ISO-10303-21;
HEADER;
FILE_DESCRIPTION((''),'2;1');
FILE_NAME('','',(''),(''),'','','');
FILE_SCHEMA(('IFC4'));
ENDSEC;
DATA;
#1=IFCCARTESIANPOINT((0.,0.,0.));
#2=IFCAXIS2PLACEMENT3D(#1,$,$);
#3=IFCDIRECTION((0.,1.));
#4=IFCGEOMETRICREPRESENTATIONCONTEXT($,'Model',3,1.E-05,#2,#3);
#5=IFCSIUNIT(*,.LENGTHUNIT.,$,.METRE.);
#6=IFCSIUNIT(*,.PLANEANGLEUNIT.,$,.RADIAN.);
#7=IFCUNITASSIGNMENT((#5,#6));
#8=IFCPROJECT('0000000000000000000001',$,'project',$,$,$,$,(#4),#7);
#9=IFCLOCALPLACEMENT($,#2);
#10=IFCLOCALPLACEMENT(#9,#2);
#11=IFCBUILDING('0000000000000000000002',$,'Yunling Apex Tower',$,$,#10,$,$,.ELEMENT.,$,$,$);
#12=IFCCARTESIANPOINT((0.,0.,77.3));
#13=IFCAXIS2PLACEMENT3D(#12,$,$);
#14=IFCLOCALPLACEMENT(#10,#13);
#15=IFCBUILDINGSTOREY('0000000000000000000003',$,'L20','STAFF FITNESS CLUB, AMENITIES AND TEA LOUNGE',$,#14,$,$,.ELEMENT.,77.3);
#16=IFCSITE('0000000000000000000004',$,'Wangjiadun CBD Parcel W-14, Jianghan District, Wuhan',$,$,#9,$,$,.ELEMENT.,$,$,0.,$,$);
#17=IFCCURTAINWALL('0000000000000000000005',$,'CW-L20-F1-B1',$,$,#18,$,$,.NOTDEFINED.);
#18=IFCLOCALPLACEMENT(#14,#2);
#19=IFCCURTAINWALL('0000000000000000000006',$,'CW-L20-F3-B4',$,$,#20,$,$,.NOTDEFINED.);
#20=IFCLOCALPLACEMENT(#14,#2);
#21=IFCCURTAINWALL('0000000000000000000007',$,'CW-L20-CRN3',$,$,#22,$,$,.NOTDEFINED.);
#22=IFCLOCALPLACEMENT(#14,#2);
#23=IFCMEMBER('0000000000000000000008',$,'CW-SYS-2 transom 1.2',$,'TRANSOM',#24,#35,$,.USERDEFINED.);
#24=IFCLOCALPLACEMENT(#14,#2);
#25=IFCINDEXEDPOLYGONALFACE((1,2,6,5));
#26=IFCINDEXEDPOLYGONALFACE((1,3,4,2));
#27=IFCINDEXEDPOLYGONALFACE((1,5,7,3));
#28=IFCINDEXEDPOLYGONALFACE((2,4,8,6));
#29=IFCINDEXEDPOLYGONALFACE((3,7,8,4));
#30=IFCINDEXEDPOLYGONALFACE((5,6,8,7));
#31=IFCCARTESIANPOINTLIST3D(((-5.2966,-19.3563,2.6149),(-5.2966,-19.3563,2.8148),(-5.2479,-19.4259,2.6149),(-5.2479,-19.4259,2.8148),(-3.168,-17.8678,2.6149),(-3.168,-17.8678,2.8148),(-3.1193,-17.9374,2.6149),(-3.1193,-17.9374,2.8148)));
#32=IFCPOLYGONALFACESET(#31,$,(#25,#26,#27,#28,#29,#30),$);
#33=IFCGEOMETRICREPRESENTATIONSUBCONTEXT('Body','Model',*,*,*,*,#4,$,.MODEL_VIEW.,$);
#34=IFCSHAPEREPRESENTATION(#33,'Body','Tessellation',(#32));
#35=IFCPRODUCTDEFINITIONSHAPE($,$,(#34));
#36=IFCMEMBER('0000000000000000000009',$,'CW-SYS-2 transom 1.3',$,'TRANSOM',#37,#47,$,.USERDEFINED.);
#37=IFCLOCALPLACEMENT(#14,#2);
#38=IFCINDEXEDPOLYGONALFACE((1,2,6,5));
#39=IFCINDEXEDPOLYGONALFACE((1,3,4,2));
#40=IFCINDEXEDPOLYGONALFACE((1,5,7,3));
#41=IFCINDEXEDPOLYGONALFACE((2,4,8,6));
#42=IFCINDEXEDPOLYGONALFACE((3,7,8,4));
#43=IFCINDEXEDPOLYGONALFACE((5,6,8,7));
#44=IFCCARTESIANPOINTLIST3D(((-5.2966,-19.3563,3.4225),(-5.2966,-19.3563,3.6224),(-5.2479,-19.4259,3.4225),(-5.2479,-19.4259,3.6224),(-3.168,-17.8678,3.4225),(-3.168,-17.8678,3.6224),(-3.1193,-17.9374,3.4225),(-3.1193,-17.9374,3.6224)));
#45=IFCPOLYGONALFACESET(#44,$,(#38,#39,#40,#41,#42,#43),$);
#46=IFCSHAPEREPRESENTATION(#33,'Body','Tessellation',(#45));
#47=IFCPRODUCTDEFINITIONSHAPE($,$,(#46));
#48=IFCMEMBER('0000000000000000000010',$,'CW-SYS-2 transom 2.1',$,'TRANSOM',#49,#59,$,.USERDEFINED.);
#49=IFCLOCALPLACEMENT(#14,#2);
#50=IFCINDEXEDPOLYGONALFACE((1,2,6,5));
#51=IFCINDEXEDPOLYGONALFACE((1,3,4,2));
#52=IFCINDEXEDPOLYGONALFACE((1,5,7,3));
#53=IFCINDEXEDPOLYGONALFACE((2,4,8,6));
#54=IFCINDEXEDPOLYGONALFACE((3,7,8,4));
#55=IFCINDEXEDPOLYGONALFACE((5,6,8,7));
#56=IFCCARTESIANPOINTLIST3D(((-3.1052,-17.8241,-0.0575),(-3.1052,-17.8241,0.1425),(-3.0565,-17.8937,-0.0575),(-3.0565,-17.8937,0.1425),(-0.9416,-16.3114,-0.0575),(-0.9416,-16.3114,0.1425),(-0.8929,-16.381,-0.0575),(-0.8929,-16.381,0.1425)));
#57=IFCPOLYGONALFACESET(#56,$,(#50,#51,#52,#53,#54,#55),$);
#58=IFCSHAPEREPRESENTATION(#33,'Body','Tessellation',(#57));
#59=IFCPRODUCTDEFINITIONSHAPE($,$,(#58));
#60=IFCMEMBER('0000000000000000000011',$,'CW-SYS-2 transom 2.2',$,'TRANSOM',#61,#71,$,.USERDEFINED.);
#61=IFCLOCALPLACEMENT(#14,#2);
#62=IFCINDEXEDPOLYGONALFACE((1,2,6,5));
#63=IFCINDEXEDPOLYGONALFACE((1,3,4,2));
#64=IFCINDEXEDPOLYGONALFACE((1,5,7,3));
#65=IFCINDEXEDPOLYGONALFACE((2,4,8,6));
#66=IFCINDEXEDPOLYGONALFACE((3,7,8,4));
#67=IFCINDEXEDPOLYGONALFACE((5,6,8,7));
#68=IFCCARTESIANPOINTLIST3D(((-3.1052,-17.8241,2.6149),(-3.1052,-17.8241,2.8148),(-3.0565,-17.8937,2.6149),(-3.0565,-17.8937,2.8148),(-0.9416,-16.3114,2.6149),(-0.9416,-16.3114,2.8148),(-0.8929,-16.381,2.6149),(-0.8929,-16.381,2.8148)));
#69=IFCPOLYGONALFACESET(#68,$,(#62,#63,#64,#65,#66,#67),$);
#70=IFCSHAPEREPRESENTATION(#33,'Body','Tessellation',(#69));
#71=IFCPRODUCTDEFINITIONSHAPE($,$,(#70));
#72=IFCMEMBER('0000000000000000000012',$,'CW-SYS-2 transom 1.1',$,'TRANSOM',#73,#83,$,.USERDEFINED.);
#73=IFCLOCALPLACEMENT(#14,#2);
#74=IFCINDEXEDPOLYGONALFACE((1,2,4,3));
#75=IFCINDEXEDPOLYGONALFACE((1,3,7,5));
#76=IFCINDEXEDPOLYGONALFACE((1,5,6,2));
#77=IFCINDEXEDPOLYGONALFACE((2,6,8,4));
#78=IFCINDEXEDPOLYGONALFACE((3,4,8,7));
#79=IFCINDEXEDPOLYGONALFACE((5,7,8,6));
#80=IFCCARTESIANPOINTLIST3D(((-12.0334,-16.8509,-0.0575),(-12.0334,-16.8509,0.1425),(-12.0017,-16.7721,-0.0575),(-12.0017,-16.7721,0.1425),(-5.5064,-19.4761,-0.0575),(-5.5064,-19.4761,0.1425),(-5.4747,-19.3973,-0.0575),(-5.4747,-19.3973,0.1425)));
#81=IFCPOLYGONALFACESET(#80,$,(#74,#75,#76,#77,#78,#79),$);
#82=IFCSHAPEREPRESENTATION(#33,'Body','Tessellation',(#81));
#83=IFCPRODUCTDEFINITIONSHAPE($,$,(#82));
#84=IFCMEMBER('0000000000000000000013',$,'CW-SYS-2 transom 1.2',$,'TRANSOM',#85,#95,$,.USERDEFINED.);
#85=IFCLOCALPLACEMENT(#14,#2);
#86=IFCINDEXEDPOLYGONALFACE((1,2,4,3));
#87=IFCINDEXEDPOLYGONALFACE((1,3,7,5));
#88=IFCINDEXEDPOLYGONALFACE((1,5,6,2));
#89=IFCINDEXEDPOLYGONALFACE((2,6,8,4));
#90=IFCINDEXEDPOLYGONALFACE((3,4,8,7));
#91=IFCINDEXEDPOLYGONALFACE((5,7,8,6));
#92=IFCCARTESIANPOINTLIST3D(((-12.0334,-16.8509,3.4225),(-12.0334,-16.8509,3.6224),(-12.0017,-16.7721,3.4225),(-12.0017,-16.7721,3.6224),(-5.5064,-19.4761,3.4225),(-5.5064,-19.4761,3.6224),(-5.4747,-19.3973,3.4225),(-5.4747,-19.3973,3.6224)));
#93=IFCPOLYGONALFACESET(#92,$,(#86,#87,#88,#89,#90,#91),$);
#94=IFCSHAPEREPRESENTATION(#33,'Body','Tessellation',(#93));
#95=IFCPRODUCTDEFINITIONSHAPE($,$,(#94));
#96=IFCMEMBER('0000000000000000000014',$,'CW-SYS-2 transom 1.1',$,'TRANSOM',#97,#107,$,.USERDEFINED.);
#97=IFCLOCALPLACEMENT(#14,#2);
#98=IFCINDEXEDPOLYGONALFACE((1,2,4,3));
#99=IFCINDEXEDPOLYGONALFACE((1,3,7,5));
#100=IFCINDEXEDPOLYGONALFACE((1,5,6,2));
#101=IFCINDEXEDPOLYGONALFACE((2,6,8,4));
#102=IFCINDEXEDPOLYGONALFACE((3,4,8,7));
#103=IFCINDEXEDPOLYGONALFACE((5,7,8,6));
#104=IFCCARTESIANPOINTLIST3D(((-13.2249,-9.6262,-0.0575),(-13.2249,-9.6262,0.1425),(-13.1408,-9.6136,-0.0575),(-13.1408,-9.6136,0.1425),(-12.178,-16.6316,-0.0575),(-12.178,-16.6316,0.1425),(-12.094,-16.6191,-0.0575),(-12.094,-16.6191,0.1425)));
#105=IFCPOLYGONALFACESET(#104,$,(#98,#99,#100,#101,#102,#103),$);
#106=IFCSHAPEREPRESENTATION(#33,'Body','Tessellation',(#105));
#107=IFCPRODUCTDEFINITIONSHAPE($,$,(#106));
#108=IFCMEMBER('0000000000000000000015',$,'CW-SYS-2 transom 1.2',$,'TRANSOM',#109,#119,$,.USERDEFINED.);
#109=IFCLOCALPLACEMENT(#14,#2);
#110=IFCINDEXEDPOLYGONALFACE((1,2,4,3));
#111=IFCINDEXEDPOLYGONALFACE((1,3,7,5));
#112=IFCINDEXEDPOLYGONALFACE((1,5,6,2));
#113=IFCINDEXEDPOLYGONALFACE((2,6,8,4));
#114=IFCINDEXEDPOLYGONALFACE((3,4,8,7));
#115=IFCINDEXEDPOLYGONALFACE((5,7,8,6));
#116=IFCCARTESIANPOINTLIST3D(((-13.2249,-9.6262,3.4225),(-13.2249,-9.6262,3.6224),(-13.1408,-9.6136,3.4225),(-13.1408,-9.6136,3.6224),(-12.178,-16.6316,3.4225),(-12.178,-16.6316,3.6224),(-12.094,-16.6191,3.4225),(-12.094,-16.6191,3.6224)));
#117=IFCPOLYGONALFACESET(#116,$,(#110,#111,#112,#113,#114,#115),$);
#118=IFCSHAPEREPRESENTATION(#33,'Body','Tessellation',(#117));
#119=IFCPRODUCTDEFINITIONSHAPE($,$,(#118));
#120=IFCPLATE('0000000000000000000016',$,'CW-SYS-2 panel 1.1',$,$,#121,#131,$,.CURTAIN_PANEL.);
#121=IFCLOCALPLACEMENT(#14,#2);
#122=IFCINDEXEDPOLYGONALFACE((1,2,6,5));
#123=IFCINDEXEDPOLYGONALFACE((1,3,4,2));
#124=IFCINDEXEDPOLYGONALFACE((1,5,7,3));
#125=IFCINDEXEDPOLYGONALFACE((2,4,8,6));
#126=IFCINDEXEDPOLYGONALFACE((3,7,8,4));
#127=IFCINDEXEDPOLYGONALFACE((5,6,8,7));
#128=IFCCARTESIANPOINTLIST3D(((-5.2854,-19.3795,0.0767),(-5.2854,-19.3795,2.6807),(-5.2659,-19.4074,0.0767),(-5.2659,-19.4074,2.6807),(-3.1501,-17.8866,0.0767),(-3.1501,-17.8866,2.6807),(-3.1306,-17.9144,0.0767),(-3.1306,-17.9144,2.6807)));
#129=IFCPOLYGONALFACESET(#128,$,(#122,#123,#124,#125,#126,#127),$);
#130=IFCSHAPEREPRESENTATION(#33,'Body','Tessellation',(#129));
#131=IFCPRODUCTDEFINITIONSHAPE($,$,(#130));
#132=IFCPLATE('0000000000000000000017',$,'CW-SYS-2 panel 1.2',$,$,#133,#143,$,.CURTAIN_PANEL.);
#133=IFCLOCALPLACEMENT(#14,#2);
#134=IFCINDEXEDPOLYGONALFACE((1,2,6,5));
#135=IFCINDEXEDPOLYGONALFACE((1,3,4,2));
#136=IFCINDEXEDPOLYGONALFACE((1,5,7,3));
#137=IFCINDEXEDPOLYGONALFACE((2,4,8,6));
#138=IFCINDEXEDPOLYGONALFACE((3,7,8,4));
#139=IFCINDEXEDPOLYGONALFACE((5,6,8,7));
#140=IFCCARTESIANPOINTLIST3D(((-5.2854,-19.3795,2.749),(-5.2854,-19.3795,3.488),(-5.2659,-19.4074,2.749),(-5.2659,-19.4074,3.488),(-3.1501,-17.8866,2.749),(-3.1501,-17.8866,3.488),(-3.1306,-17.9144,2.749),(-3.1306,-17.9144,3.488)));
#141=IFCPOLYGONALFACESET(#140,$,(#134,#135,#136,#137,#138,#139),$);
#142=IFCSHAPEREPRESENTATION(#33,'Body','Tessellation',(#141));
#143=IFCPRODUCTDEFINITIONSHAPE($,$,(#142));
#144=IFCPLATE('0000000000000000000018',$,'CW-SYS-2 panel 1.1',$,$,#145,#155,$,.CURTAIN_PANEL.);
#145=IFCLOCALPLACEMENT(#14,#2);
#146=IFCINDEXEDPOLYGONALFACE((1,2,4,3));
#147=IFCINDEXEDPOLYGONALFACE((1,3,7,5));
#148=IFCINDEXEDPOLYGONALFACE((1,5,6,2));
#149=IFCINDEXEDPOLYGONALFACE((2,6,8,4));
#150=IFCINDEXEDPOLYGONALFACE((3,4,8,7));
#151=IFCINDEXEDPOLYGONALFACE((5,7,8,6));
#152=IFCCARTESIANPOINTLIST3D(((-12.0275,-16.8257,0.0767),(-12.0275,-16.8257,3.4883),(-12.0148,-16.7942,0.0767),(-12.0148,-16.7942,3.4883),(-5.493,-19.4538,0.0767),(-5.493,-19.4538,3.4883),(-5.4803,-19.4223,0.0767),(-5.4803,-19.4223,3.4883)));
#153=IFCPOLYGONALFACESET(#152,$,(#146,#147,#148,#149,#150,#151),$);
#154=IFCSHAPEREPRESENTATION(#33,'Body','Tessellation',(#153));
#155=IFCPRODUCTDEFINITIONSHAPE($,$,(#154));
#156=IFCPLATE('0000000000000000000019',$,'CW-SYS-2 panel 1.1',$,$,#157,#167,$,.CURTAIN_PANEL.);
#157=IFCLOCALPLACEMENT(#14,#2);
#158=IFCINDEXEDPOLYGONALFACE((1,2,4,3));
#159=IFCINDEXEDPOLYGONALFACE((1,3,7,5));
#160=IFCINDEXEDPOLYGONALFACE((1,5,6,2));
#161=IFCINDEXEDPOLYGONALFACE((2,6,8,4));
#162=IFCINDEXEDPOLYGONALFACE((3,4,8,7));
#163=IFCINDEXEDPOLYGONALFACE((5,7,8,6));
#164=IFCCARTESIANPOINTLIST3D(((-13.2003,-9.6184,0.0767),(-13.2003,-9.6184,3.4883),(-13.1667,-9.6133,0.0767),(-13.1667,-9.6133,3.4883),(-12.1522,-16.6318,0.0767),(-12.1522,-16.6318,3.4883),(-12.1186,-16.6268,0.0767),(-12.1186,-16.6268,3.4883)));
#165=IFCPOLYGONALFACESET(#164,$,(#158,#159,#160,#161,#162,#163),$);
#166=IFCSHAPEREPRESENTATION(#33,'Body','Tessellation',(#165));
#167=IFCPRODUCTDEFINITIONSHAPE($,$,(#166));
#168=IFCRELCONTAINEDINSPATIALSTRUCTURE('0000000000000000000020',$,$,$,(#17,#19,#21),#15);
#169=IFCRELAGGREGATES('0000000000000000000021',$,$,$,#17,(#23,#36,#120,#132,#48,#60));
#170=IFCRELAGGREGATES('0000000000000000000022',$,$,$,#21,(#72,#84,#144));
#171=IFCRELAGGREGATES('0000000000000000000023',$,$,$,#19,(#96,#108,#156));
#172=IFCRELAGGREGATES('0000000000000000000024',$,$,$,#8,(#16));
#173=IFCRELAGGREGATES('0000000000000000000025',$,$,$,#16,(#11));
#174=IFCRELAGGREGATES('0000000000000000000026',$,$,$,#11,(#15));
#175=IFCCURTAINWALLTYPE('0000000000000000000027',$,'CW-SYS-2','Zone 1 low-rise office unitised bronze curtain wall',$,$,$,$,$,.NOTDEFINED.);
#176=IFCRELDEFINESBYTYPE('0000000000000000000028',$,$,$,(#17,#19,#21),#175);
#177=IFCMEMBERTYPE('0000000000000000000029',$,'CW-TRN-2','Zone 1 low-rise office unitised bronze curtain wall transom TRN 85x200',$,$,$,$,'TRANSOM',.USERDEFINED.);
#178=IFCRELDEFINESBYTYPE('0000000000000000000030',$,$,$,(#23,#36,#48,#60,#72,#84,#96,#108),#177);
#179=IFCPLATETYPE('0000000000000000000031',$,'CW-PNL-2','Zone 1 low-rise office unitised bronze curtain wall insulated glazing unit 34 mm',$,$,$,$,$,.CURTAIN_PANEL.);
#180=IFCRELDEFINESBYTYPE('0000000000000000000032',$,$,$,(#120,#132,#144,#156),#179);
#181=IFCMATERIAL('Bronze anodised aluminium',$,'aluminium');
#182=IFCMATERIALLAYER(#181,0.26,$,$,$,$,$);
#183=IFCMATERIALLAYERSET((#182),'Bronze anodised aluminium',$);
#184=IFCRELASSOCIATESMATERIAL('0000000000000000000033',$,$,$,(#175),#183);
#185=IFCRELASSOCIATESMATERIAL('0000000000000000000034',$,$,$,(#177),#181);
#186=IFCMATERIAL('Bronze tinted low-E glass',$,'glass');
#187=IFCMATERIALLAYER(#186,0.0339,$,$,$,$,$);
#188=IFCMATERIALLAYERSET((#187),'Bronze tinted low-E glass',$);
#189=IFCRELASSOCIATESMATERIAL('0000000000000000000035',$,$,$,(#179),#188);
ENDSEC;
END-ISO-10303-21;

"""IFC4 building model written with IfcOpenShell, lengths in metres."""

from ifc_helpers import new_model, si_unit, direction, frame, origin, origin_2d, place, context, subcontext, project, spatial, rectangle, extrude, source, transform, mapped, material, layer, layer_set, material_profile, profile_set, type_object, element, aggregate, save


model = new_model("IFC4")

# Units and contexts
model_context = context("Model", 3, precision=1e-05, world=origin(), true_north=direction((0.0, 1.0)))
body_context = subcontext(model_context, "Body", "Model", "MODEL_VIEW")
ifc_project = project(units=[si_unit("LENGTHUNIT", "METRE"), si_unit("PLANEANGLEUNIT", "RADIAN")], contexts=[model_context])

# Site, building, storey
site_placement = place(None, origin())
site = spatial("IfcSite", under=ifc_project, at=site_placement, Name="Wangjiadun CBD Parcel W-14, Jianghan District, Wuhan", CompositionType="ELEMENT", RefElevation=0.0)
building_placement = place(site_placement, origin())
building = spatial("IfcBuilding", under=site, at=building_placement, Name="Yunling Apex Tower", CompositionType="ELEMENT")
storey_placement = place(building_placement, frame((0.0, 0.0, 77.3)))
storey = spatial("IfcBuildingStorey", under=building, at=storey_placement, Name="L20", Description="STAFF FITNESS CLUB, AMENITIES AND TEA LOUNGE", CompositionType="ELEMENT", Elevation=77.3)

# Curtain walls
ifc_material_1 = material(Name="Bronze anodised aluminium", Category="aluminium")
ifc_layer_1 = layer(ifc_material_1, 0.26)
ifc_layer_set_1 = layer_set([ifc_layer_1], Name="Bronze anodised aluminium")
curtain_wall_type = type_object("IfcCurtainWallType", Name="CW-SYS-2", Description="Zone 1 low-rise office unitised bronze curtain wall", PredefinedType="NOTDEFINED", material=ifc_layer_set_1)
curtain_wall_1_placement = place(storey_placement, origin())
curtain_wall_1 = element("IfcCurtainWall", 1, at=curtain_wall_1_placement, inside=storey, type_object=curtain_wall_type, Name="CW-L20-F1-B1", PredefinedType="NOTDEFINED")
curtain_wall_2_placement = place(storey_placement, origin())
curtain_wall_2 = element("IfcCurtainWall", 2, at=curtain_wall_2_placement, inside=storey, type_object=curtain_wall_type, Name="CW-L20-F3-B4", PredefinedType="NOTDEFINED")
curtain_wall_3_placement = place(storey_placement, origin())
curtain_wall_3 = element("IfcCurtainWall", 3, at=curtain_wall_3_placement, inside=storey, type_object=curtain_wall_type, Name="CW-L20-CRN3", PredefinedType="NOTDEFINED")

# Members
ifc_material_profile_1 = material_profile(ifc_material_1, rectangle(XDim=0.085, YDim=0.2, at=origin_2d()))
ifc_profile_set_1 = profile_set([ifc_material_profile_1], Name="Bronze anodised aluminium")
member_type_1 = type_object("IfcMemberType", Name="CW-TRN-2", Description="Zone 1 low-rise office unitised bronze curtain wall transom TRN 85x200", ElementType="TRANSOM", PredefinedType="USERDEFINED", material=ifc_profile_set_1)
shared_shape_1 = source(origin(), body_context, "Body", "SweptSolid", [
    extrude(rectangle(XDim=0.085, YDim=0.2, at=origin_2d()), origin(), (0.0, 0.0, 1.0), 2.5974),
])
member_1_placement = place(storey_placement, frame((-5.2722, -19.3911, 2.7148), z_axis=(0.81951, 0.573065, 0.0), x_axis=(-0.573065, 0.81951, 0.0)))
member_1 = element("IfcMember", 4, at=member_1_placement, type_object=member_type_1, Name="CW-SYS-2 transom 1.2", ObjectType="TRANSOM", PredefinedType="USERDEFINED", context=body_context, shape_type="MappedRepresentation", body=[
    mapped(shared_shape_1, transform((0.0, 0.0, 0.0), scale=1.0)),
])
member_2_placement = place(storey_placement, frame((-5.2722, -19.3911, 3.5225), z_axis=(0.81951, 0.573065, 0.0), x_axis=(-0.573065, 0.81951, 0.0)))
member_2 = element("IfcMember", 5, at=member_2_placement, type_object=member_type_1, Name="CW-SYS-2 transom 1.3", ObjectType="TRANSOM", PredefinedType="USERDEFINED", context=body_context, shape_type="MappedRepresentation", body=[
    mapped(shared_shape_1, transform((0.0, 0.0, 0.0), scale=1.0)),
])
shared_shape_2 = source(origin(), body_context, "Body", "SweptSolid", [
    extrude(rectangle(XDim=0.085, YDim=0.2, at=origin_2d()), origin(), (0.0, 0.0, 1.0), 2.6399),
])
member_3_placement = place(storey_placement, frame((-3.0808, -17.8589, 0.0425), z_axis=(0.819553, 0.573003, 0.0), x_axis=(-0.573003, 0.819553, 0.0)))
member_3 = element("IfcMember", 6, at=member_3_placement, type_object=member_type_1, Name="CW-SYS-2 transom 2.1", ObjectType="TRANSOM", PredefinedType="USERDEFINED", context=body_context, shape_type="MappedRepresentation", body=[
    mapped(shared_shape_2, transform((0.0, 0.0, 0.0), scale=1.0)),
])
member_4_placement = place(storey_placement, frame((-3.0808, -17.8589, 2.7148), z_axis=(0.819553, 0.573003, 0.0), x_axis=(-0.573003, 0.819553, 0.0)))
member_4 = element("IfcMember", 7, at=member_4_placement, type_object=member_type_1, Name="CW-SYS-2 transom 2.2", ObjectType="TRANSOM", PredefinedType="USERDEFINED", context=body_context, shape_type="MappedRepresentation", body=[
    mapped(shared_shape_2, transform((0.0, 0.0, 0.0), scale=1.0)),
])
shared_shape_3 = source(origin(), body_context, "Body", "SweptSolid", [
    extrude(rectangle(XDim=0.085, YDim=0.2, at=origin_2d()), origin(), (0.0, 0.0, 1.0), 7.0352),
])
member_5_placement = place(storey_placement, frame((-12.0176, -16.8115, 0.0425), z_axis=(0.927769, -0.373155, 0.0), x_axis=(0.373155, 0.927769, 0.0)))
member_5 = element("IfcMember", 8, at=member_5_placement, type_object=member_type_1, Name="CW-SYS-2 transom 1.1", ObjectType="TRANSOM", PredefinedType="USERDEFINED", context=body_context, shape_type="MappedRepresentation", body=[
    mapped(shared_shape_3, transform((0.0, 0.0, 0.0), scale=1.0)),
])
member_6_placement = place(storey_placement, frame((-12.0176, -16.8115, 3.5225), z_axis=(0.927769, -0.373155, 0.0), x_axis=(0.373155, 0.927769, 0.0)))
member_6 = element("IfcMember", 9, at=member_6_placement, type_object=member_type_1, Name="CW-SYS-2 transom 1.2", ObjectType="TRANSOM", PredefinedType="USERDEFINED", context=body_context, shape_type="MappedRepresentation", body=[
    mapped(shared_shape_3, transform((0.0, 0.0, 0.0), scale=1.0)),
])
shared_shape_4 = source(origin(), body_context, "Body", "SweptSolid", [
    extrude(rectangle(XDim=0.085, YDim=0.2, at=origin_2d()), origin(), (0.0, 0.0, 1.0), 7.0833),
])
member_7_placement = place(storey_placement, frame((-13.1829, -9.6199, 0.0425), z_axis=(0.147798, -0.989018, 0.0), x_axis=(0.989018, 0.147798, 0.0)))
member_7 = element("IfcMember", 10, at=member_7_placement, type_object=member_type_1, Name="CW-SYS-2 transom 1.1", ObjectType="TRANSOM", PredefinedType="USERDEFINED", context=body_context, shape_type="MappedRepresentation", body=[
    mapped(shared_shape_4, transform((0.0, 0.0, 0.0), scale=1.0)),
])
member_8_placement = place(storey_placement, frame((-13.1829, -9.6199, 3.5225), z_axis=(0.147798, -0.989018, 0.0), x_axis=(0.989018, 0.147798, 0.0)))
member_8 = element("IfcMember", 11, at=member_8_placement, type_object=member_type_1, Name="CW-SYS-2 transom 1.2", ObjectType="TRANSOM", PredefinedType="USERDEFINED", context=body_context, shape_type="MappedRepresentation", body=[
    mapped(shared_shape_4, transform((0.0, 0.0, 0.0), scale=1.0)),
])

# Plates
ifc_material_2 = material(Name="Bronze tinted low-E glass", Category="glass")
ifc_layer_2 = layer(ifc_material_2, 0.0339)
ifc_layer_set_2 = layer_set([ifc_layer_2], Name="Bronze tinted low-E glass")
plate_type = type_object("IfcPlateType", Name="CW-PNL-2", Description="Zone 1 low-rise office unitised bronze curtain wall insulated glazing unit 34 mm", PredefinedType="CURTAIN_PANEL", material=ifc_layer_set_2)
shared_shape_5 = source(origin(), body_context, "Body", "SweptSolid", [
    extrude(rectangle(XDim=2.6055, YDim=0.0339, at=origin_2d()), origin(), (0.0, 0.0, 1.0), 2.604),
])
plate_1_placement = place(storey_placement, frame((-4.208, -18.647, 0.0767), z_axis=(0.0, 0.0, 1.0), x_axis=(0.819552, 0.573004, 0.0)))
plate_1 = element("IfcPlate", 12, at=plate_1_placement, type_object=plate_type, Name="CW-SYS-2 panel 1.1", PredefinedType="CURTAIN_PANEL", context=body_context, shape_type="MappedRepresentation", body=[
    mapped(shared_shape_5, transform((0.0, 0.0, 0.0), scale=1.0)),
])
shared_shape_6 = source(origin(), body_context, "Body", "SweptSolid", [
    extrude(rectangle(XDim=2.6055, YDim=0.0339, at=origin_2d()), origin(), (0.0, 0.0, 1.0), 0.739),
])
plate_2_placement = place(storey_placement, frame((-4.208, -18.647, 2.749), z_axis=(0.0, 0.0, 1.0), x_axis=(0.819552, 0.573004, 0.0)))
plate_2 = element("IfcPlate", 13, at=plate_2_placement, type_object=plate_type, Name="CW-SYS-2 panel 1.2", PredefinedType="CURTAIN_PANEL", context=body_context, shape_type="MappedRepresentation", body=[
    mapped(shared_shape_6, transform((0.0, 0.0, 0.0), scale=1.0)),
])
aggregate(curtain_wall_1, [member_1, member_2, plate_1, plate_2, member_3, member_4])
shared_shape_7 = source(origin(), body_context, "Body", "SweptSolid", [
    extrude(rectangle(XDim=7.0432, YDim=0.0339, at=origin_2d()), origin(), (0.0, 0.0, 1.0), 3.4116),
])
plate_3_placement = place(storey_placement, frame((-8.7539, -18.124, 0.0767), z_axis=(0.0, 0.0, 1.0), x_axis=(0.927774, -0.373144, 0.0)))
plate_3 = element("IfcPlate", 14, at=plate_3_placement, type_object=plate_type, Name="CW-SYS-2 panel 1.1", PredefinedType="CURTAIN_PANEL", context=body_context, shape_type="MappedRepresentation", body=[
    mapped(shared_shape_7, transform((0.0, 0.0, 0.0), scale=1.0)),
])
aggregate(curtain_wall_3, [member_5, member_6, plate_3])
shared_shape_8 = source(origin(), body_context, "Body", "SweptSolid", [
    extrude(rectangle(XDim=7.0913, YDim=0.0339, at=origin_2d()), origin(), (0.0, 0.0, 1.0), 3.4116),
])
plate_4_placement = place(storey_placement, frame((-12.6594, -13.1226, 0.0767), z_axis=(0.0, 0.0, 1.0), x_axis=(0.147801, -0.989017, 0.0)))
plate_4 = element("IfcPlate", 15, at=plate_4_placement, type_object=plate_type, Name="CW-SYS-2 panel 1.1", PredefinedType="CURTAIN_PANEL", context=body_context, shape_type="MappedRepresentation", body=[
    mapped(shared_shape_8, transform((0.0, 0.0, 0.0), scale=1.0)),
])
aggregate(curtain_wall_2, [member_7, member_8, plate_4])

save(model, "model.ifc")
